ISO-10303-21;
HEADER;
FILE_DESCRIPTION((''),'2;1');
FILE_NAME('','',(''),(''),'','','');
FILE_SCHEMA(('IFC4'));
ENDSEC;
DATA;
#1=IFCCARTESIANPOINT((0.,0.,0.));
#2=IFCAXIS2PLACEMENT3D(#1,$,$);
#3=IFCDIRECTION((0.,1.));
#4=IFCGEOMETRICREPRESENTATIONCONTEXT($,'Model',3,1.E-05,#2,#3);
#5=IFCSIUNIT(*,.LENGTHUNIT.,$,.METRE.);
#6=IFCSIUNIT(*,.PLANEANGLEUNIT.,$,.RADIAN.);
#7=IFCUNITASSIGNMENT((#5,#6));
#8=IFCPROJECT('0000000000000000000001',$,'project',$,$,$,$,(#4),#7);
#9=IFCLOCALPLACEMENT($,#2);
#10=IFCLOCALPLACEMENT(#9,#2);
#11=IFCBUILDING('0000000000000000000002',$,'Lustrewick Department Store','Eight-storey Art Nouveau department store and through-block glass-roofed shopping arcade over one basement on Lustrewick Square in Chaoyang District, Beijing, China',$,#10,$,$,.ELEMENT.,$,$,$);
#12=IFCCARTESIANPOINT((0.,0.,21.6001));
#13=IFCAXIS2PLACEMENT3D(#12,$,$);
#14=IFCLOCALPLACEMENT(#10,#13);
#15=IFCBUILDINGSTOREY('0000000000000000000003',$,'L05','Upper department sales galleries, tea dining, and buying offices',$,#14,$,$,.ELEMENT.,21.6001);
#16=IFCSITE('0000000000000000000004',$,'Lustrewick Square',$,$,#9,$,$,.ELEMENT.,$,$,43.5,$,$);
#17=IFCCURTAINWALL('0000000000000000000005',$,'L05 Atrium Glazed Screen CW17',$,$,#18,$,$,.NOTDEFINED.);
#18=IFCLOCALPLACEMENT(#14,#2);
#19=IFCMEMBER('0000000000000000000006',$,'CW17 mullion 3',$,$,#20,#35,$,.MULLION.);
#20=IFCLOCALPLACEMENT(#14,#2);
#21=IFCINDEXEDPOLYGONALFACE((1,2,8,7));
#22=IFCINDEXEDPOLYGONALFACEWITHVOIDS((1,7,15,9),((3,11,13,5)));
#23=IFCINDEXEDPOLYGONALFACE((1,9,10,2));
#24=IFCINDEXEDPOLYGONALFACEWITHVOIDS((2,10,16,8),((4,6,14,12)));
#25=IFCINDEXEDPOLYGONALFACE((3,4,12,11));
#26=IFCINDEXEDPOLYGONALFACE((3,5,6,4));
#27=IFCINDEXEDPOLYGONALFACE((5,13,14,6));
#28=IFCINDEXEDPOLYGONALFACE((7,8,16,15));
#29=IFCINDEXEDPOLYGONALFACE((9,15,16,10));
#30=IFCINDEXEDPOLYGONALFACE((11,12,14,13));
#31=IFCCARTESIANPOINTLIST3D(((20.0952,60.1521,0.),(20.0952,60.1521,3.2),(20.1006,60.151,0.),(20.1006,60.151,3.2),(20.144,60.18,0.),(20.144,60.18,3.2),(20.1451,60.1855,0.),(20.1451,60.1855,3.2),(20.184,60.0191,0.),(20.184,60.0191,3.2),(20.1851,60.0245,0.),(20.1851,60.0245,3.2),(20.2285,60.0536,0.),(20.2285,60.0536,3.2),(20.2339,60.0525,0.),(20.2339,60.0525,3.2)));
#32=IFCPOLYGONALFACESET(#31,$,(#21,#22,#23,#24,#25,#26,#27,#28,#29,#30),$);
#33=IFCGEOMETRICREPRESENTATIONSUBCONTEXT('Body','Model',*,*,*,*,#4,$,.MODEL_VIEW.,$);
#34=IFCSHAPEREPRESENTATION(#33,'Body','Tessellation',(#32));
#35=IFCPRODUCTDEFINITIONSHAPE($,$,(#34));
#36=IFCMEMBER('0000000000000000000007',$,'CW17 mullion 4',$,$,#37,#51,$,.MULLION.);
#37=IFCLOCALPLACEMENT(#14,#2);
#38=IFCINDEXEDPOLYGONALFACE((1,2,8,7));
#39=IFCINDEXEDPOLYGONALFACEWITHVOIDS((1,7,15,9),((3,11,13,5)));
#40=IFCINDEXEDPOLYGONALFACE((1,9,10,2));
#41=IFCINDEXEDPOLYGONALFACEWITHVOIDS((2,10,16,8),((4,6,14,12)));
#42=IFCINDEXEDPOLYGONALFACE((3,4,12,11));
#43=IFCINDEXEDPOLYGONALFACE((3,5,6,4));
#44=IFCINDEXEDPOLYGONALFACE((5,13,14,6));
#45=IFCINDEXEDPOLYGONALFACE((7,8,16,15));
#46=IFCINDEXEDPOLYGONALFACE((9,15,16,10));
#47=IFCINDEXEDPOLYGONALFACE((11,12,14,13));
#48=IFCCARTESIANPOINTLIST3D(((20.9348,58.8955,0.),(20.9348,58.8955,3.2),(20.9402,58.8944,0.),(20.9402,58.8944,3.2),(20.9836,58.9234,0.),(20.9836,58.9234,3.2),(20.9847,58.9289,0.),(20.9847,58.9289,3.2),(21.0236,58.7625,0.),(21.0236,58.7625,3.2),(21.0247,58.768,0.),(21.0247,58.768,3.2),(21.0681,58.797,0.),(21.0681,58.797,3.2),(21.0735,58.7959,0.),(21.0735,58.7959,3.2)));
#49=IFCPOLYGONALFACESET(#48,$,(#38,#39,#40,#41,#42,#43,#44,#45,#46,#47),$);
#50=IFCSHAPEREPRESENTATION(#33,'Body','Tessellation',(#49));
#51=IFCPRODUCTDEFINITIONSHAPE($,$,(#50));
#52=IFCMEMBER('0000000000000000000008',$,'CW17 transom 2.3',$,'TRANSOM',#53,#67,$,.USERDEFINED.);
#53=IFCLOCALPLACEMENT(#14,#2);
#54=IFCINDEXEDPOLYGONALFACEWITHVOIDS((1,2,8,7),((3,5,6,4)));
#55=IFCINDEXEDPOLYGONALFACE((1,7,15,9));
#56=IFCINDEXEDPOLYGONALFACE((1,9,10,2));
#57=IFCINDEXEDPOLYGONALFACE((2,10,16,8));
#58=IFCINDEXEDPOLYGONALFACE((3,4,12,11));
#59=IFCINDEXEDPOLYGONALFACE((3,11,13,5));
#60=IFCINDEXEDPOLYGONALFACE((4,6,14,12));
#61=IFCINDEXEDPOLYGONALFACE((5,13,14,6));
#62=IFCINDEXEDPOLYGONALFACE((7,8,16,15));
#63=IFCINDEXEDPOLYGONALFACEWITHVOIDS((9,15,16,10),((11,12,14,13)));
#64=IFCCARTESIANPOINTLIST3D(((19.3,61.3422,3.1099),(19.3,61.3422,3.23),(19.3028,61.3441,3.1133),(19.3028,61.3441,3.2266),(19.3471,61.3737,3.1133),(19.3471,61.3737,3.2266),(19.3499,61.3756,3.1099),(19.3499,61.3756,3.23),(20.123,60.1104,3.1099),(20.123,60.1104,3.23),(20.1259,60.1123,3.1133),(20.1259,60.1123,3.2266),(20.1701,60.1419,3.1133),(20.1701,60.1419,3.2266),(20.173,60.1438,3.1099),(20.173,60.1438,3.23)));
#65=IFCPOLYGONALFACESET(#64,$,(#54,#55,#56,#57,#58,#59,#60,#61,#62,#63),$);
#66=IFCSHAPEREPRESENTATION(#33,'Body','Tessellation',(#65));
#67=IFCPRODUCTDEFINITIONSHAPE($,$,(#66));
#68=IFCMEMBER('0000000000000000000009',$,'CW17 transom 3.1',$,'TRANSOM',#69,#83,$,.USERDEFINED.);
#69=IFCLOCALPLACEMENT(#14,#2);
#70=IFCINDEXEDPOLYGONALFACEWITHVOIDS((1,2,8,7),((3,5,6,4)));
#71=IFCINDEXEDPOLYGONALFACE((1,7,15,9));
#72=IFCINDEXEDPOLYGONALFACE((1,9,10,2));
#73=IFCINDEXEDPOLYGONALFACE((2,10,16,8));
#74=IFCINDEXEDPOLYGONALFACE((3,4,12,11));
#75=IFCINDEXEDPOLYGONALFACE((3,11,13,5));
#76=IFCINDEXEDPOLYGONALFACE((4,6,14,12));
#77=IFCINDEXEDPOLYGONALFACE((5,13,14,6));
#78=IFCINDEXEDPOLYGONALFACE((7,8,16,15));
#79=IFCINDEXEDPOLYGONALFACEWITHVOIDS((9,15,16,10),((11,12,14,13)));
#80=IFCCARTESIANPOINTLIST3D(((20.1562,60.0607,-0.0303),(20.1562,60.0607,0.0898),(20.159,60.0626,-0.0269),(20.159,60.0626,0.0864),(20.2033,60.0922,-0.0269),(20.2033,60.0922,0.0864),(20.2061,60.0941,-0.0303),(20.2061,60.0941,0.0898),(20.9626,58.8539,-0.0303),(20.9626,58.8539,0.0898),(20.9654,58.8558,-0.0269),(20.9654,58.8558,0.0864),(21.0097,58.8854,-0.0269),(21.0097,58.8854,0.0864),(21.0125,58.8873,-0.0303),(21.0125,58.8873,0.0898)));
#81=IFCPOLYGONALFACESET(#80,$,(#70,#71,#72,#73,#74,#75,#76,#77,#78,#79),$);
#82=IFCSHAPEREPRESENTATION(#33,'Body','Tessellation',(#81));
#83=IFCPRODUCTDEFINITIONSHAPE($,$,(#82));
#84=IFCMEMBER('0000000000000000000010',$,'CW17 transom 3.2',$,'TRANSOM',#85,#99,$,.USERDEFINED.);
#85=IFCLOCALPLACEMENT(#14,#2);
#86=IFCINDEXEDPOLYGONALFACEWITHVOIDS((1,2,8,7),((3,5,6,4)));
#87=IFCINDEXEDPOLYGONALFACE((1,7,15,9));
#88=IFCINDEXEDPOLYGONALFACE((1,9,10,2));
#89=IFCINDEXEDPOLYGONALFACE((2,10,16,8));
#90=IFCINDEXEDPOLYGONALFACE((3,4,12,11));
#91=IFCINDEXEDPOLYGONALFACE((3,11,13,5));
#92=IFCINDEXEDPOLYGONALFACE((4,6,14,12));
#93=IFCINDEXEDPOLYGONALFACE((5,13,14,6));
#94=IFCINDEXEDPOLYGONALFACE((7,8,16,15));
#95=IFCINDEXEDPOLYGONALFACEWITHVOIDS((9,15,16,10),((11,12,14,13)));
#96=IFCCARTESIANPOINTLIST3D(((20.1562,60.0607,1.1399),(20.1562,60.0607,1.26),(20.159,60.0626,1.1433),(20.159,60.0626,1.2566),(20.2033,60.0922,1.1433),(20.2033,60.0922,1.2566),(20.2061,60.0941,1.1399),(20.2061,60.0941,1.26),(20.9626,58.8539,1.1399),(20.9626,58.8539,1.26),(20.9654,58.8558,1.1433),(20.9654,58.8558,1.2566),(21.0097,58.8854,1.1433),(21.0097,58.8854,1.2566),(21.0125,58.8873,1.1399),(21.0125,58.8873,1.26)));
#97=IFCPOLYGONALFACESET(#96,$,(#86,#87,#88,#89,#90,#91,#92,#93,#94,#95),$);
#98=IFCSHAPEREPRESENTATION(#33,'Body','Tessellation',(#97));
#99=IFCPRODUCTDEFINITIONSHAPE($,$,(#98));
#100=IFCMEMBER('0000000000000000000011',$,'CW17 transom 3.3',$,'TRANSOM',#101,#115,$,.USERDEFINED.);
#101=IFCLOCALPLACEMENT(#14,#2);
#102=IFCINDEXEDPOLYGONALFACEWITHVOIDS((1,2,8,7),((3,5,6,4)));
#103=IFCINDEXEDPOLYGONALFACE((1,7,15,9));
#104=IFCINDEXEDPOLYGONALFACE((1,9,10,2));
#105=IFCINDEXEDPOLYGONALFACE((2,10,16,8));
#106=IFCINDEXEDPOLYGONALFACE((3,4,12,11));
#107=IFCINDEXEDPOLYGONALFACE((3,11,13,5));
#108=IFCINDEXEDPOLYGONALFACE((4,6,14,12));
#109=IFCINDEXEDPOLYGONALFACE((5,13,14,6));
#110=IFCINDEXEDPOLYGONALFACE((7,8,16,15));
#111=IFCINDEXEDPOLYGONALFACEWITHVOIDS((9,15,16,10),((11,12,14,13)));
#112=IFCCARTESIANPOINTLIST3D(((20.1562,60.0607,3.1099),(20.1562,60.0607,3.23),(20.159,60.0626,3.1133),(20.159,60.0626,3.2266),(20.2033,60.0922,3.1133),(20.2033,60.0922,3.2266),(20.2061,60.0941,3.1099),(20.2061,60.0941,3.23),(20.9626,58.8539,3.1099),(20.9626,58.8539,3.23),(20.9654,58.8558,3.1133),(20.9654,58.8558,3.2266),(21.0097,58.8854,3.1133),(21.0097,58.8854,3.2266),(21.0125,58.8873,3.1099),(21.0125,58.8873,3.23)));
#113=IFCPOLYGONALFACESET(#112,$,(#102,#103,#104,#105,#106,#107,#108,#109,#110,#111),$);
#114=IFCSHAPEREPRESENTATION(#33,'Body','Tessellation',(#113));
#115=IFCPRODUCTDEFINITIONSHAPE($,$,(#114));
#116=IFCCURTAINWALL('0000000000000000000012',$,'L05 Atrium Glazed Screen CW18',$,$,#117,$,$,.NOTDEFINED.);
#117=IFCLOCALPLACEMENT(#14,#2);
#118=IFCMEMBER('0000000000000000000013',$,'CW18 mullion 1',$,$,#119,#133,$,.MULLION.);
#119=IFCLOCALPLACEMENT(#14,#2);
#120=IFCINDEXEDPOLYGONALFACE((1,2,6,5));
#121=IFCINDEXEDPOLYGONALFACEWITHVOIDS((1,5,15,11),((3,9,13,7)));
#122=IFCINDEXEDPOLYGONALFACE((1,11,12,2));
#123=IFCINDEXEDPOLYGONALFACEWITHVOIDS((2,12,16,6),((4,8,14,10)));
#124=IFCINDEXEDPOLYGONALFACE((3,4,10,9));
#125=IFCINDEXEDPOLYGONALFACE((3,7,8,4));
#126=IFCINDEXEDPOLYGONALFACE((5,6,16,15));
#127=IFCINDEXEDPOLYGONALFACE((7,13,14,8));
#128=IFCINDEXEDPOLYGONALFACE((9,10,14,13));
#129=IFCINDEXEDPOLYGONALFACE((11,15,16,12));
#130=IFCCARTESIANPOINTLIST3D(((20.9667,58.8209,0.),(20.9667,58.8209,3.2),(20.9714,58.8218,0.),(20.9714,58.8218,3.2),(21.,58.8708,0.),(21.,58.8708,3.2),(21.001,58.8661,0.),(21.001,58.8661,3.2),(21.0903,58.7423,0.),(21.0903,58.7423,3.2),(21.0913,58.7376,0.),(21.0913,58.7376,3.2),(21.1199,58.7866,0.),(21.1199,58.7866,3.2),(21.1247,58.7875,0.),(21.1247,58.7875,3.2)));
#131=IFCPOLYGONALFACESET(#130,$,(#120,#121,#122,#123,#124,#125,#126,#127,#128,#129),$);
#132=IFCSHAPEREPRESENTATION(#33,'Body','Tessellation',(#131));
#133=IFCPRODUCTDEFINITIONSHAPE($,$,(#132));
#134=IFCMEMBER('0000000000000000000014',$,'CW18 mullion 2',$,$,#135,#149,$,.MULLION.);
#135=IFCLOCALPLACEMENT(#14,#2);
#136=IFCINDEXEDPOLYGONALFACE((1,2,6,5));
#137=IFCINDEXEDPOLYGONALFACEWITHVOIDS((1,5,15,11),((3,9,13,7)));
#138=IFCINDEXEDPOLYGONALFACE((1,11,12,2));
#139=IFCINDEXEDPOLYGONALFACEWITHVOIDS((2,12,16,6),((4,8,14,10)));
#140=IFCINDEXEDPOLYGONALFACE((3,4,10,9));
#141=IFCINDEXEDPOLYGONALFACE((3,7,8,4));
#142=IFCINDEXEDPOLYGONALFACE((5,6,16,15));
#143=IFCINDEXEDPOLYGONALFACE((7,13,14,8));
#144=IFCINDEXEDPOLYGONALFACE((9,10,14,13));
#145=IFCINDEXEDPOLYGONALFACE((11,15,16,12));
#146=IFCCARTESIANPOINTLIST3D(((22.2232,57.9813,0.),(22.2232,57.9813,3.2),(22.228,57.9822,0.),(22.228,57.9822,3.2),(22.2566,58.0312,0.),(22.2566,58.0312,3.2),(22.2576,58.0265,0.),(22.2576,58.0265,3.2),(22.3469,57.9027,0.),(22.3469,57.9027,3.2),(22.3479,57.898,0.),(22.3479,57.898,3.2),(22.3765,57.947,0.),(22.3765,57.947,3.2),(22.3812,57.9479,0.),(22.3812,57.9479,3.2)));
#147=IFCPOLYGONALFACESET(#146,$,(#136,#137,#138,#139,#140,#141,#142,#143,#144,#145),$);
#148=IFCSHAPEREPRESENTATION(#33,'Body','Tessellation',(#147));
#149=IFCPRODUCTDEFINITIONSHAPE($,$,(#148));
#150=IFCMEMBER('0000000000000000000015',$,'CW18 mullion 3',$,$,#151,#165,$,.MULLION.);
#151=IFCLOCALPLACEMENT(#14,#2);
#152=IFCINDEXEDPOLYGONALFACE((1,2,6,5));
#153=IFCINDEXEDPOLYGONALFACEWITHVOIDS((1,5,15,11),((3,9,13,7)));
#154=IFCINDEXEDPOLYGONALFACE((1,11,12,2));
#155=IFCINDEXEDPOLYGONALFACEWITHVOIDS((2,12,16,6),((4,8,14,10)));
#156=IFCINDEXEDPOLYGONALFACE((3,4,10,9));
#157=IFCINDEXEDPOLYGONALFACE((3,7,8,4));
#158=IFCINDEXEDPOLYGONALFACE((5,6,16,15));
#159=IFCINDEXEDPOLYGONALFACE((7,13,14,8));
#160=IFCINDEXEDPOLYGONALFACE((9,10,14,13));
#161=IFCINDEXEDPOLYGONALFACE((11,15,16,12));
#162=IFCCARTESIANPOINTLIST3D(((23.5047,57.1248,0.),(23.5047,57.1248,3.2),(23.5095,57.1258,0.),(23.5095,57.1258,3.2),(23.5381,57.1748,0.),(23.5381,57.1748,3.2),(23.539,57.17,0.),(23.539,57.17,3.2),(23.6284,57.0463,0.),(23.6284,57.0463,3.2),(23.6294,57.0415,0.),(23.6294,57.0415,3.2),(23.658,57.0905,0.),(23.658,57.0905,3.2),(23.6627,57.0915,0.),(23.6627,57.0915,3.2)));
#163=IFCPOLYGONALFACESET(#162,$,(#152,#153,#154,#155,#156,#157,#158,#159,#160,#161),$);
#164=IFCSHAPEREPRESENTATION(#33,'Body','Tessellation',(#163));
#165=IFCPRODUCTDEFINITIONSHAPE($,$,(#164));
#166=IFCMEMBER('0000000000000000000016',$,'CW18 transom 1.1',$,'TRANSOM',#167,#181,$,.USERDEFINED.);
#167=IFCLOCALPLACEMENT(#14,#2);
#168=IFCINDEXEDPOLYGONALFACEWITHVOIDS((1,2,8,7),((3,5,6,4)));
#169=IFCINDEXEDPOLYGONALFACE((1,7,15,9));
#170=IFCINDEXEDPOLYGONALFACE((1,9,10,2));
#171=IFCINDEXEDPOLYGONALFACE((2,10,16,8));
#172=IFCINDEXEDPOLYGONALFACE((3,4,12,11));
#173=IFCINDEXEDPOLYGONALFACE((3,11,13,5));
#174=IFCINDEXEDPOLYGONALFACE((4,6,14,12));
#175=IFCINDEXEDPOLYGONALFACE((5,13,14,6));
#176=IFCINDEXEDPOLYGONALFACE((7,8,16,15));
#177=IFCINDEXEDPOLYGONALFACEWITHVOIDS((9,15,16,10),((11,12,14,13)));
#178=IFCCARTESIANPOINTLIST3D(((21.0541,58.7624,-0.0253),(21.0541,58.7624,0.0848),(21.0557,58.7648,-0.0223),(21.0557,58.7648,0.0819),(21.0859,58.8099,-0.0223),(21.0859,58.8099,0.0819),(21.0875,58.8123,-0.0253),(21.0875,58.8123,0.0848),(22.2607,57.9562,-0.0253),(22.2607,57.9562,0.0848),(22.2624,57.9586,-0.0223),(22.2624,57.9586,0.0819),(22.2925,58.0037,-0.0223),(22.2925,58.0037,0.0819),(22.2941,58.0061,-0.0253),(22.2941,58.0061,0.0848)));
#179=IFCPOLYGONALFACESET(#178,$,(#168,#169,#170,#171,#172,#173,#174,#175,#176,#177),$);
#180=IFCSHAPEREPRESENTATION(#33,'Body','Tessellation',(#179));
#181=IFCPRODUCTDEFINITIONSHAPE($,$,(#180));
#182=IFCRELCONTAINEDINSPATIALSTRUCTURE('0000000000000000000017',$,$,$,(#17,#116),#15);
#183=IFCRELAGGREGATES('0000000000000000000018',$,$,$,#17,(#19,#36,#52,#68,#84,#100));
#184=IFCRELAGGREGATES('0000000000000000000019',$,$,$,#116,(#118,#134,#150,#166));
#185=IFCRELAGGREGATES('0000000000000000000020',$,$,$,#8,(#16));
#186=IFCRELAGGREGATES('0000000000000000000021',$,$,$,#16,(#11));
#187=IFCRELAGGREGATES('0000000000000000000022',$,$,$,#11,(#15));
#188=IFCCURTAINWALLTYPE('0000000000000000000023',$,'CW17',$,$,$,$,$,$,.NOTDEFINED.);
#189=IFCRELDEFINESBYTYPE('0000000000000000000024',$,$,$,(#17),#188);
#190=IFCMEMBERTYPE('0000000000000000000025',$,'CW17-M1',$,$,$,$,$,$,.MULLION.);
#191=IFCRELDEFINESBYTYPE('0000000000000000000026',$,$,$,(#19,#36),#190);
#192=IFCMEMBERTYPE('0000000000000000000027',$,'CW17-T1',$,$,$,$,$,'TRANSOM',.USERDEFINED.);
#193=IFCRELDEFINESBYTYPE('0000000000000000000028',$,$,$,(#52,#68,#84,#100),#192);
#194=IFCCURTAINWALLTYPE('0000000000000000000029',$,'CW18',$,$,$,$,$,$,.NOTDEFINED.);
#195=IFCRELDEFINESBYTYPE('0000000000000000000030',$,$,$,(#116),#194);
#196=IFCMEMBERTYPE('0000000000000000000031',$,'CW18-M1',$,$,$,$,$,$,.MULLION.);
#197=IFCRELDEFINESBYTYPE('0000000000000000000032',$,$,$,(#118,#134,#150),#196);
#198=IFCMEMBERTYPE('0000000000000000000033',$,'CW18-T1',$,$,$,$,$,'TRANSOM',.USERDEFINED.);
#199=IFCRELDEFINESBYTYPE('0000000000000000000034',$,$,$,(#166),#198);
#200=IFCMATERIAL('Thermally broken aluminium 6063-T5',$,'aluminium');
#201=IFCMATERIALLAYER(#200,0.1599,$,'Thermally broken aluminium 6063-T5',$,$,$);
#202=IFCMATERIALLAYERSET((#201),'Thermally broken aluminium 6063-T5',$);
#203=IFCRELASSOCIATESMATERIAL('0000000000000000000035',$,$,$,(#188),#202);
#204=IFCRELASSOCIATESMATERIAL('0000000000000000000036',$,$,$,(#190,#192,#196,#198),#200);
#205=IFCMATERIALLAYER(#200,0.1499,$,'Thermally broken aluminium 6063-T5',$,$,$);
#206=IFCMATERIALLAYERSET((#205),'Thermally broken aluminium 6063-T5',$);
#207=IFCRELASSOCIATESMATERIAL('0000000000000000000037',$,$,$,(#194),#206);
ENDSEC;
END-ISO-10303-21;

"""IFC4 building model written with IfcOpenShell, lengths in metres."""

from ifc_helpers import new_model, si_unit, direction, frame, origin, origin_2d, place, context, subcontext, project, spatial, hollow_rectangle, extrude, material, layer, layer_set, material_profile, profile_set, type_object, element, aggregate, save


model = new_model("IFC4")

# Units and contexts
model_context = context("Model", 3, precision=1e-05, world=origin(), true_north=direction((0.0, 1.0)))
body_context = subcontext(model_context, "Body", "Model", "MODEL_VIEW")
ifc_project = project(units=[si_unit("LENGTHUNIT", "METRE"), si_unit("PLANEANGLEUNIT", "RADIAN")], contexts=[model_context])

# Site, building, storey
site_placement = place(None, origin())
site = spatial("IfcSite", under=ifc_project, at=site_placement, Name="Lustrewick Square", CompositionType="ELEMENT", RefElevation=43.5)
building_placement = place(site_placement, origin())
building = spatial("IfcBuilding", under=site, at=building_placement, Name="Lustrewick Department Store", Description="Eight-storey Art Nouveau department store and through-block glass-roofed shopping arcade over one basement on Lustrewick Square in Chaoyang District, Beijing, China", CompositionType="ELEMENT")
storey_placement = place(building_placement, frame((0.0, 0.0, 21.6001)))
storey = spatial("IfcBuildingStorey", under=building, at=storey_placement, Name="L05", Description="Upper department sales galleries, tea dining, and buying offices", CompositionType="ELEMENT", Elevation=21.6001)

# Curtain walls, members
ifc_material_1 = material(Name="Thermally broken aluminium 6063-T5", Category="aluminium")
ifc_layer_1 = layer(ifc_material_1, 0.1599, Name="Thermally broken aluminium 6063-T5")
ifc_layer_set_1 = layer_set([ifc_layer_1], Name="Thermally broken aluminium 6063-T5")
curtain_wall_type_1 = type_object("IfcCurtainWallType", Name="CW17", PredefinedType="NOTDEFINED", material=ifc_layer_set_1)
curtain_wall_1_placement = place(storey_placement, origin())
curtain_wall_1 = element("IfcCurtainWall", 1, at=curtain_wall_1_placement, inside=storey, type_object=curtain_wall_type_1, Name="L05 Atrium Glazed Screen CW17", PredefinedType="NOTDEFINED")
ifc_material_profile_1 = material_profile(ifc_material_1, hollow_rectangle(XDim=0.0601, YDim=0.1599, WallThickness=0.0039, at=origin_2d()), Name="ALU-M 60x160x4")
ifc_profile_set_1 = profile_set([ifc_material_profile_1], Name="Thermally broken aluminium 6063-T5")
member_type_1 = type_object("IfcMemberType", Name="CW17-M1", PredefinedType="MULLION", material=ifc_profile_set_1)
member_1_placement = place(storey_placement, frame((20.1646, 60.1023, 0.0), z_axis=(0.0, 0.0, 1.0), x_axis=(0.831464, 0.555578, 0.0)))
member_1 = element("IfcMember", 2, at=member_1_placement, type_object=member_type_1, Name="CW17 mullion 3", PredefinedType="MULLION", context=body_context, shape_type="SweptSolid", body=[
    extrude(hollow_rectangle(XDim=0.0601, YDim=0.1599, WallThickness=0.0039, at=origin_2d()), origin(), (0.0, 0.0, 1.0), 3.2),
])
member_2_placement = place(storey_placement, frame((21.0042, 58.8457, 0.0), z_axis=(0.0, 0.0, 1.0), x_axis=(0.831464, 0.555578, 0.0)))
member_2 = element("IfcMember", 3, at=member_2_placement, type_object=member_type_1, Name="CW17 mullion 4", PredefinedType="MULLION", context=body_context, shape_type="SweptSolid", body=[
    extrude(hollow_rectangle(XDim=0.0601, YDim=0.1599, WallThickness=0.0039, at=origin_2d()), origin(), (0.0, 0.0, 1.0), 3.2),
])
ifc_material_profile_2 = material_profile(ifc_material_1, hollow_rectangle(XDim=0.0601, YDim=0.1201, WallThickness=0.0034, at=origin_2d()), Name="ALU-T 60x120x3.5")
ifc_profile_set_2 = profile_set([ifc_material_profile_2], Name="Thermally broken aluminium 6063-T5")
member_type_2 = type_object("IfcMemberType", Name="CW17-T1", ElementType="TRANSOM", PredefinedType="USERDEFINED", material=ifc_profile_set_2)
member_3_placement = place(storey_placement, frame((19.325, 61.3589, 3.1699), z_axis=(0.555575, -0.831467, 0.0), x_axis=(0.831467, 0.555575, 0.0)))
member_3 = element("IfcMember", 4, at=member_3_placement, type_object=member_type_2, Name="CW17 transom 2.3", ObjectType="TRANSOM", PredefinedType="USERDEFINED", context=body_context, shape_type="SweptSolid", body=[
    extrude(hollow_rectangle(XDim=0.0601, YDim=0.1201, WallThickness=0.0034, at=origin_2d()), origin(), (0.0, 0.0, 1.0), 1.4814),
])
member_4_placement = place(storey_placement, frame((20.1812, 60.0774, 0.0298), z_axis=(0.555593, -0.831455, 0.0), x_axis=(0.831455, 0.555593, 0.0)))
member_4 = element("IfcMember", 5, at=member_4_placement, type_object=member_type_2, Name="CW17 transom 3.1", ObjectType="TRANSOM", PredefinedType="USERDEFINED", context=body_context, shape_type="SweptSolid", body=[
    extrude(hollow_rectangle(XDim=0.0601, YDim=0.1201, WallThickness=0.0034, at=origin_2d()), origin(), (0.0, 0.0, 1.0), 1.4514),
])
member_5_placement = place(storey_placement, frame((20.1812, 60.0774, 1.2), z_axis=(0.555593, -0.831455, 0.0), x_axis=(0.831455, 0.555593, 0.0)))
member_5 = element("IfcMember", 6, at=member_5_placement, type_object=member_type_2, Name="CW17 transom 3.2", ObjectType="TRANSOM", PredefinedType="USERDEFINED", context=body_context, shape_type="SweptSolid", body=[
    extrude(hollow_rectangle(XDim=0.0601, YDim=0.1201, WallThickness=0.0034, at=origin_2d()), origin(), (0.0, 0.0, 1.0), 1.4514),
])
member_6_placement = place(storey_placement, frame((20.1812, 60.0774, 3.1699), z_axis=(0.555593, -0.831455, 0.0), x_axis=(0.831455, 0.555593, 0.0)))
member_6 = element("IfcMember", 7, at=member_6_placement, type_object=member_type_2, Name="CW17 transom 3.3", ObjectType="TRANSOM", PredefinedType="USERDEFINED", context=body_context, shape_type="SweptSolid", body=[
    extrude(hollow_rectangle(XDim=0.0601, YDim=0.1201, WallThickness=0.0034, at=origin_2d()), origin(), (0.0, 0.0, 1.0), 1.4514),
])
ifc_layer_2 = layer(ifc_material_1, 0.1499, Name="Thermally broken aluminium 6063-T5")
ifc_layer_set_2 = layer_set([ifc_layer_2], Name="Thermally broken aluminium 6063-T5")
curtain_wall_type_2 = type_object("IfcCurtainWallType", Name="CW18", PredefinedType="NOTDEFINED", material=ifc_layer_set_2)
curtain_wall_2_placement = place(storey_placement, origin())
curtain_wall_2 = element("IfcCurtainWall", 8, at=curtain_wall_2_placement, inside=storey, type_object=curtain_wall_type_2, Name="L05 Atrium Glazed Screen CW18", PredefinedType="NOTDEFINED")
ifc_material_profile_3 = material_profile(ifc_material_1, hollow_rectangle(XDim=0.0601, YDim=0.1499, WallThickness=0.0034, at=origin_2d()), Name="ALU-M 60x150x3.5")
ifc_profile_set_3 = profile_set([ifc_material_profile_3], Name="Thermally broken aluminium 6063-T5")
member_type_3 = type_object("IfcMemberType", Name="CW18-M1", PredefinedType="MULLION", material=ifc_profile_set_3)
member_7_placement = place(storey_placement, frame((21.0457, 58.8042, 0.0), z_axis=(0.0, 0.0, 1.0), x_axis=(0.555578, 0.831464, 0.0)))
member_7 = element("IfcMember", 9, at=member_7_placement, type_object=member_type_3, Name="CW18 mullion 1", PredefinedType="MULLION", context=body_context, shape_type="SweptSolid", body=[
    extrude(hollow_rectangle(XDim=0.0601, YDim=0.1499, WallThickness=0.0034, at=origin_2d()), origin(), (0.0, 0.0, 1.0), 3.2),
])
member_8_placement = place(storey_placement, frame((22.3022, 57.9646, 0.0), z_axis=(0.0, 0.0, 1.0), x_axis=(0.555578, 0.831464, 0.0)))
member_8 = element("IfcMember", 10, at=member_8_placement, type_object=member_type_3, Name="CW18 mullion 2", PredefinedType="MULLION", context=body_context, shape_type="SweptSolid", body=[
    extrude(hollow_rectangle(XDim=0.0601, YDim=0.1499, WallThickness=0.0034, at=origin_2d()), origin(), (0.0, 0.0, 1.0), 3.2),
])
member_9_placement = place(storey_placement, frame((23.5837, 57.1082, 0.0), z_axis=(0.0, 0.0, 1.0), x_axis=(0.555578, 0.831464, 0.0)))
member_9 = element("IfcMember", 11, at=member_9_placement, type_object=member_type_3, Name="CW18 mullion 3", PredefinedType="MULLION", context=body_context, shape_type="SweptSolid", body=[
    extrude(hollow_rectangle(XDim=0.0601, YDim=0.1499, WallThickness=0.0034, at=origin_2d()), origin(), (0.0, 0.0, 1.0), 3.2),
])
ifc_material_profile_4 = material_profile(ifc_material_1, hollow_rectangle(XDim=0.0601, YDim=0.1101, WallThickness=0.0029, at=origin_2d()), Name="ALU-T 60x110x3")
ifc_profile_set_4 = profile_set([ifc_material_profile_4], Name="Thermally broken aluminium 6063-T5")
member_type_4 = type_object("IfcMemberType", Name="CW18-T1", ElementType="TRANSOM", PredefinedType="USERDEFINED", material=ifc_profile_set_4)
member_10_placement = place(storey_placement, frame((21.0708, 58.7874, 0.0298), z_axis=(0.83148, -0.555554, 0.0), x_axis=(0.555554, 0.83148, 0.0)))
member_10 = element("IfcMember", 12, at=member_10_placement, type_object=member_type_4, Name="CW18 transom 1.1", ObjectType="TRANSOM", PredefinedType="USERDEFINED", context=body_context, shape_type="SweptSolid", body=[
    extrude(hollow_rectangle(XDim=0.0601, YDim=0.1101, WallThickness=0.0029, at=origin_2d()), origin(), (0.0, 0.0, 1.0), 1.4512),
])

aggregate(curtain_wall_1, [member_1, member_2, member_3, member_4, member_5, member_6])
aggregate(curtain_wall_2, [member_7, member_8, member_9, member_10])

save(model, "model.ifc")
